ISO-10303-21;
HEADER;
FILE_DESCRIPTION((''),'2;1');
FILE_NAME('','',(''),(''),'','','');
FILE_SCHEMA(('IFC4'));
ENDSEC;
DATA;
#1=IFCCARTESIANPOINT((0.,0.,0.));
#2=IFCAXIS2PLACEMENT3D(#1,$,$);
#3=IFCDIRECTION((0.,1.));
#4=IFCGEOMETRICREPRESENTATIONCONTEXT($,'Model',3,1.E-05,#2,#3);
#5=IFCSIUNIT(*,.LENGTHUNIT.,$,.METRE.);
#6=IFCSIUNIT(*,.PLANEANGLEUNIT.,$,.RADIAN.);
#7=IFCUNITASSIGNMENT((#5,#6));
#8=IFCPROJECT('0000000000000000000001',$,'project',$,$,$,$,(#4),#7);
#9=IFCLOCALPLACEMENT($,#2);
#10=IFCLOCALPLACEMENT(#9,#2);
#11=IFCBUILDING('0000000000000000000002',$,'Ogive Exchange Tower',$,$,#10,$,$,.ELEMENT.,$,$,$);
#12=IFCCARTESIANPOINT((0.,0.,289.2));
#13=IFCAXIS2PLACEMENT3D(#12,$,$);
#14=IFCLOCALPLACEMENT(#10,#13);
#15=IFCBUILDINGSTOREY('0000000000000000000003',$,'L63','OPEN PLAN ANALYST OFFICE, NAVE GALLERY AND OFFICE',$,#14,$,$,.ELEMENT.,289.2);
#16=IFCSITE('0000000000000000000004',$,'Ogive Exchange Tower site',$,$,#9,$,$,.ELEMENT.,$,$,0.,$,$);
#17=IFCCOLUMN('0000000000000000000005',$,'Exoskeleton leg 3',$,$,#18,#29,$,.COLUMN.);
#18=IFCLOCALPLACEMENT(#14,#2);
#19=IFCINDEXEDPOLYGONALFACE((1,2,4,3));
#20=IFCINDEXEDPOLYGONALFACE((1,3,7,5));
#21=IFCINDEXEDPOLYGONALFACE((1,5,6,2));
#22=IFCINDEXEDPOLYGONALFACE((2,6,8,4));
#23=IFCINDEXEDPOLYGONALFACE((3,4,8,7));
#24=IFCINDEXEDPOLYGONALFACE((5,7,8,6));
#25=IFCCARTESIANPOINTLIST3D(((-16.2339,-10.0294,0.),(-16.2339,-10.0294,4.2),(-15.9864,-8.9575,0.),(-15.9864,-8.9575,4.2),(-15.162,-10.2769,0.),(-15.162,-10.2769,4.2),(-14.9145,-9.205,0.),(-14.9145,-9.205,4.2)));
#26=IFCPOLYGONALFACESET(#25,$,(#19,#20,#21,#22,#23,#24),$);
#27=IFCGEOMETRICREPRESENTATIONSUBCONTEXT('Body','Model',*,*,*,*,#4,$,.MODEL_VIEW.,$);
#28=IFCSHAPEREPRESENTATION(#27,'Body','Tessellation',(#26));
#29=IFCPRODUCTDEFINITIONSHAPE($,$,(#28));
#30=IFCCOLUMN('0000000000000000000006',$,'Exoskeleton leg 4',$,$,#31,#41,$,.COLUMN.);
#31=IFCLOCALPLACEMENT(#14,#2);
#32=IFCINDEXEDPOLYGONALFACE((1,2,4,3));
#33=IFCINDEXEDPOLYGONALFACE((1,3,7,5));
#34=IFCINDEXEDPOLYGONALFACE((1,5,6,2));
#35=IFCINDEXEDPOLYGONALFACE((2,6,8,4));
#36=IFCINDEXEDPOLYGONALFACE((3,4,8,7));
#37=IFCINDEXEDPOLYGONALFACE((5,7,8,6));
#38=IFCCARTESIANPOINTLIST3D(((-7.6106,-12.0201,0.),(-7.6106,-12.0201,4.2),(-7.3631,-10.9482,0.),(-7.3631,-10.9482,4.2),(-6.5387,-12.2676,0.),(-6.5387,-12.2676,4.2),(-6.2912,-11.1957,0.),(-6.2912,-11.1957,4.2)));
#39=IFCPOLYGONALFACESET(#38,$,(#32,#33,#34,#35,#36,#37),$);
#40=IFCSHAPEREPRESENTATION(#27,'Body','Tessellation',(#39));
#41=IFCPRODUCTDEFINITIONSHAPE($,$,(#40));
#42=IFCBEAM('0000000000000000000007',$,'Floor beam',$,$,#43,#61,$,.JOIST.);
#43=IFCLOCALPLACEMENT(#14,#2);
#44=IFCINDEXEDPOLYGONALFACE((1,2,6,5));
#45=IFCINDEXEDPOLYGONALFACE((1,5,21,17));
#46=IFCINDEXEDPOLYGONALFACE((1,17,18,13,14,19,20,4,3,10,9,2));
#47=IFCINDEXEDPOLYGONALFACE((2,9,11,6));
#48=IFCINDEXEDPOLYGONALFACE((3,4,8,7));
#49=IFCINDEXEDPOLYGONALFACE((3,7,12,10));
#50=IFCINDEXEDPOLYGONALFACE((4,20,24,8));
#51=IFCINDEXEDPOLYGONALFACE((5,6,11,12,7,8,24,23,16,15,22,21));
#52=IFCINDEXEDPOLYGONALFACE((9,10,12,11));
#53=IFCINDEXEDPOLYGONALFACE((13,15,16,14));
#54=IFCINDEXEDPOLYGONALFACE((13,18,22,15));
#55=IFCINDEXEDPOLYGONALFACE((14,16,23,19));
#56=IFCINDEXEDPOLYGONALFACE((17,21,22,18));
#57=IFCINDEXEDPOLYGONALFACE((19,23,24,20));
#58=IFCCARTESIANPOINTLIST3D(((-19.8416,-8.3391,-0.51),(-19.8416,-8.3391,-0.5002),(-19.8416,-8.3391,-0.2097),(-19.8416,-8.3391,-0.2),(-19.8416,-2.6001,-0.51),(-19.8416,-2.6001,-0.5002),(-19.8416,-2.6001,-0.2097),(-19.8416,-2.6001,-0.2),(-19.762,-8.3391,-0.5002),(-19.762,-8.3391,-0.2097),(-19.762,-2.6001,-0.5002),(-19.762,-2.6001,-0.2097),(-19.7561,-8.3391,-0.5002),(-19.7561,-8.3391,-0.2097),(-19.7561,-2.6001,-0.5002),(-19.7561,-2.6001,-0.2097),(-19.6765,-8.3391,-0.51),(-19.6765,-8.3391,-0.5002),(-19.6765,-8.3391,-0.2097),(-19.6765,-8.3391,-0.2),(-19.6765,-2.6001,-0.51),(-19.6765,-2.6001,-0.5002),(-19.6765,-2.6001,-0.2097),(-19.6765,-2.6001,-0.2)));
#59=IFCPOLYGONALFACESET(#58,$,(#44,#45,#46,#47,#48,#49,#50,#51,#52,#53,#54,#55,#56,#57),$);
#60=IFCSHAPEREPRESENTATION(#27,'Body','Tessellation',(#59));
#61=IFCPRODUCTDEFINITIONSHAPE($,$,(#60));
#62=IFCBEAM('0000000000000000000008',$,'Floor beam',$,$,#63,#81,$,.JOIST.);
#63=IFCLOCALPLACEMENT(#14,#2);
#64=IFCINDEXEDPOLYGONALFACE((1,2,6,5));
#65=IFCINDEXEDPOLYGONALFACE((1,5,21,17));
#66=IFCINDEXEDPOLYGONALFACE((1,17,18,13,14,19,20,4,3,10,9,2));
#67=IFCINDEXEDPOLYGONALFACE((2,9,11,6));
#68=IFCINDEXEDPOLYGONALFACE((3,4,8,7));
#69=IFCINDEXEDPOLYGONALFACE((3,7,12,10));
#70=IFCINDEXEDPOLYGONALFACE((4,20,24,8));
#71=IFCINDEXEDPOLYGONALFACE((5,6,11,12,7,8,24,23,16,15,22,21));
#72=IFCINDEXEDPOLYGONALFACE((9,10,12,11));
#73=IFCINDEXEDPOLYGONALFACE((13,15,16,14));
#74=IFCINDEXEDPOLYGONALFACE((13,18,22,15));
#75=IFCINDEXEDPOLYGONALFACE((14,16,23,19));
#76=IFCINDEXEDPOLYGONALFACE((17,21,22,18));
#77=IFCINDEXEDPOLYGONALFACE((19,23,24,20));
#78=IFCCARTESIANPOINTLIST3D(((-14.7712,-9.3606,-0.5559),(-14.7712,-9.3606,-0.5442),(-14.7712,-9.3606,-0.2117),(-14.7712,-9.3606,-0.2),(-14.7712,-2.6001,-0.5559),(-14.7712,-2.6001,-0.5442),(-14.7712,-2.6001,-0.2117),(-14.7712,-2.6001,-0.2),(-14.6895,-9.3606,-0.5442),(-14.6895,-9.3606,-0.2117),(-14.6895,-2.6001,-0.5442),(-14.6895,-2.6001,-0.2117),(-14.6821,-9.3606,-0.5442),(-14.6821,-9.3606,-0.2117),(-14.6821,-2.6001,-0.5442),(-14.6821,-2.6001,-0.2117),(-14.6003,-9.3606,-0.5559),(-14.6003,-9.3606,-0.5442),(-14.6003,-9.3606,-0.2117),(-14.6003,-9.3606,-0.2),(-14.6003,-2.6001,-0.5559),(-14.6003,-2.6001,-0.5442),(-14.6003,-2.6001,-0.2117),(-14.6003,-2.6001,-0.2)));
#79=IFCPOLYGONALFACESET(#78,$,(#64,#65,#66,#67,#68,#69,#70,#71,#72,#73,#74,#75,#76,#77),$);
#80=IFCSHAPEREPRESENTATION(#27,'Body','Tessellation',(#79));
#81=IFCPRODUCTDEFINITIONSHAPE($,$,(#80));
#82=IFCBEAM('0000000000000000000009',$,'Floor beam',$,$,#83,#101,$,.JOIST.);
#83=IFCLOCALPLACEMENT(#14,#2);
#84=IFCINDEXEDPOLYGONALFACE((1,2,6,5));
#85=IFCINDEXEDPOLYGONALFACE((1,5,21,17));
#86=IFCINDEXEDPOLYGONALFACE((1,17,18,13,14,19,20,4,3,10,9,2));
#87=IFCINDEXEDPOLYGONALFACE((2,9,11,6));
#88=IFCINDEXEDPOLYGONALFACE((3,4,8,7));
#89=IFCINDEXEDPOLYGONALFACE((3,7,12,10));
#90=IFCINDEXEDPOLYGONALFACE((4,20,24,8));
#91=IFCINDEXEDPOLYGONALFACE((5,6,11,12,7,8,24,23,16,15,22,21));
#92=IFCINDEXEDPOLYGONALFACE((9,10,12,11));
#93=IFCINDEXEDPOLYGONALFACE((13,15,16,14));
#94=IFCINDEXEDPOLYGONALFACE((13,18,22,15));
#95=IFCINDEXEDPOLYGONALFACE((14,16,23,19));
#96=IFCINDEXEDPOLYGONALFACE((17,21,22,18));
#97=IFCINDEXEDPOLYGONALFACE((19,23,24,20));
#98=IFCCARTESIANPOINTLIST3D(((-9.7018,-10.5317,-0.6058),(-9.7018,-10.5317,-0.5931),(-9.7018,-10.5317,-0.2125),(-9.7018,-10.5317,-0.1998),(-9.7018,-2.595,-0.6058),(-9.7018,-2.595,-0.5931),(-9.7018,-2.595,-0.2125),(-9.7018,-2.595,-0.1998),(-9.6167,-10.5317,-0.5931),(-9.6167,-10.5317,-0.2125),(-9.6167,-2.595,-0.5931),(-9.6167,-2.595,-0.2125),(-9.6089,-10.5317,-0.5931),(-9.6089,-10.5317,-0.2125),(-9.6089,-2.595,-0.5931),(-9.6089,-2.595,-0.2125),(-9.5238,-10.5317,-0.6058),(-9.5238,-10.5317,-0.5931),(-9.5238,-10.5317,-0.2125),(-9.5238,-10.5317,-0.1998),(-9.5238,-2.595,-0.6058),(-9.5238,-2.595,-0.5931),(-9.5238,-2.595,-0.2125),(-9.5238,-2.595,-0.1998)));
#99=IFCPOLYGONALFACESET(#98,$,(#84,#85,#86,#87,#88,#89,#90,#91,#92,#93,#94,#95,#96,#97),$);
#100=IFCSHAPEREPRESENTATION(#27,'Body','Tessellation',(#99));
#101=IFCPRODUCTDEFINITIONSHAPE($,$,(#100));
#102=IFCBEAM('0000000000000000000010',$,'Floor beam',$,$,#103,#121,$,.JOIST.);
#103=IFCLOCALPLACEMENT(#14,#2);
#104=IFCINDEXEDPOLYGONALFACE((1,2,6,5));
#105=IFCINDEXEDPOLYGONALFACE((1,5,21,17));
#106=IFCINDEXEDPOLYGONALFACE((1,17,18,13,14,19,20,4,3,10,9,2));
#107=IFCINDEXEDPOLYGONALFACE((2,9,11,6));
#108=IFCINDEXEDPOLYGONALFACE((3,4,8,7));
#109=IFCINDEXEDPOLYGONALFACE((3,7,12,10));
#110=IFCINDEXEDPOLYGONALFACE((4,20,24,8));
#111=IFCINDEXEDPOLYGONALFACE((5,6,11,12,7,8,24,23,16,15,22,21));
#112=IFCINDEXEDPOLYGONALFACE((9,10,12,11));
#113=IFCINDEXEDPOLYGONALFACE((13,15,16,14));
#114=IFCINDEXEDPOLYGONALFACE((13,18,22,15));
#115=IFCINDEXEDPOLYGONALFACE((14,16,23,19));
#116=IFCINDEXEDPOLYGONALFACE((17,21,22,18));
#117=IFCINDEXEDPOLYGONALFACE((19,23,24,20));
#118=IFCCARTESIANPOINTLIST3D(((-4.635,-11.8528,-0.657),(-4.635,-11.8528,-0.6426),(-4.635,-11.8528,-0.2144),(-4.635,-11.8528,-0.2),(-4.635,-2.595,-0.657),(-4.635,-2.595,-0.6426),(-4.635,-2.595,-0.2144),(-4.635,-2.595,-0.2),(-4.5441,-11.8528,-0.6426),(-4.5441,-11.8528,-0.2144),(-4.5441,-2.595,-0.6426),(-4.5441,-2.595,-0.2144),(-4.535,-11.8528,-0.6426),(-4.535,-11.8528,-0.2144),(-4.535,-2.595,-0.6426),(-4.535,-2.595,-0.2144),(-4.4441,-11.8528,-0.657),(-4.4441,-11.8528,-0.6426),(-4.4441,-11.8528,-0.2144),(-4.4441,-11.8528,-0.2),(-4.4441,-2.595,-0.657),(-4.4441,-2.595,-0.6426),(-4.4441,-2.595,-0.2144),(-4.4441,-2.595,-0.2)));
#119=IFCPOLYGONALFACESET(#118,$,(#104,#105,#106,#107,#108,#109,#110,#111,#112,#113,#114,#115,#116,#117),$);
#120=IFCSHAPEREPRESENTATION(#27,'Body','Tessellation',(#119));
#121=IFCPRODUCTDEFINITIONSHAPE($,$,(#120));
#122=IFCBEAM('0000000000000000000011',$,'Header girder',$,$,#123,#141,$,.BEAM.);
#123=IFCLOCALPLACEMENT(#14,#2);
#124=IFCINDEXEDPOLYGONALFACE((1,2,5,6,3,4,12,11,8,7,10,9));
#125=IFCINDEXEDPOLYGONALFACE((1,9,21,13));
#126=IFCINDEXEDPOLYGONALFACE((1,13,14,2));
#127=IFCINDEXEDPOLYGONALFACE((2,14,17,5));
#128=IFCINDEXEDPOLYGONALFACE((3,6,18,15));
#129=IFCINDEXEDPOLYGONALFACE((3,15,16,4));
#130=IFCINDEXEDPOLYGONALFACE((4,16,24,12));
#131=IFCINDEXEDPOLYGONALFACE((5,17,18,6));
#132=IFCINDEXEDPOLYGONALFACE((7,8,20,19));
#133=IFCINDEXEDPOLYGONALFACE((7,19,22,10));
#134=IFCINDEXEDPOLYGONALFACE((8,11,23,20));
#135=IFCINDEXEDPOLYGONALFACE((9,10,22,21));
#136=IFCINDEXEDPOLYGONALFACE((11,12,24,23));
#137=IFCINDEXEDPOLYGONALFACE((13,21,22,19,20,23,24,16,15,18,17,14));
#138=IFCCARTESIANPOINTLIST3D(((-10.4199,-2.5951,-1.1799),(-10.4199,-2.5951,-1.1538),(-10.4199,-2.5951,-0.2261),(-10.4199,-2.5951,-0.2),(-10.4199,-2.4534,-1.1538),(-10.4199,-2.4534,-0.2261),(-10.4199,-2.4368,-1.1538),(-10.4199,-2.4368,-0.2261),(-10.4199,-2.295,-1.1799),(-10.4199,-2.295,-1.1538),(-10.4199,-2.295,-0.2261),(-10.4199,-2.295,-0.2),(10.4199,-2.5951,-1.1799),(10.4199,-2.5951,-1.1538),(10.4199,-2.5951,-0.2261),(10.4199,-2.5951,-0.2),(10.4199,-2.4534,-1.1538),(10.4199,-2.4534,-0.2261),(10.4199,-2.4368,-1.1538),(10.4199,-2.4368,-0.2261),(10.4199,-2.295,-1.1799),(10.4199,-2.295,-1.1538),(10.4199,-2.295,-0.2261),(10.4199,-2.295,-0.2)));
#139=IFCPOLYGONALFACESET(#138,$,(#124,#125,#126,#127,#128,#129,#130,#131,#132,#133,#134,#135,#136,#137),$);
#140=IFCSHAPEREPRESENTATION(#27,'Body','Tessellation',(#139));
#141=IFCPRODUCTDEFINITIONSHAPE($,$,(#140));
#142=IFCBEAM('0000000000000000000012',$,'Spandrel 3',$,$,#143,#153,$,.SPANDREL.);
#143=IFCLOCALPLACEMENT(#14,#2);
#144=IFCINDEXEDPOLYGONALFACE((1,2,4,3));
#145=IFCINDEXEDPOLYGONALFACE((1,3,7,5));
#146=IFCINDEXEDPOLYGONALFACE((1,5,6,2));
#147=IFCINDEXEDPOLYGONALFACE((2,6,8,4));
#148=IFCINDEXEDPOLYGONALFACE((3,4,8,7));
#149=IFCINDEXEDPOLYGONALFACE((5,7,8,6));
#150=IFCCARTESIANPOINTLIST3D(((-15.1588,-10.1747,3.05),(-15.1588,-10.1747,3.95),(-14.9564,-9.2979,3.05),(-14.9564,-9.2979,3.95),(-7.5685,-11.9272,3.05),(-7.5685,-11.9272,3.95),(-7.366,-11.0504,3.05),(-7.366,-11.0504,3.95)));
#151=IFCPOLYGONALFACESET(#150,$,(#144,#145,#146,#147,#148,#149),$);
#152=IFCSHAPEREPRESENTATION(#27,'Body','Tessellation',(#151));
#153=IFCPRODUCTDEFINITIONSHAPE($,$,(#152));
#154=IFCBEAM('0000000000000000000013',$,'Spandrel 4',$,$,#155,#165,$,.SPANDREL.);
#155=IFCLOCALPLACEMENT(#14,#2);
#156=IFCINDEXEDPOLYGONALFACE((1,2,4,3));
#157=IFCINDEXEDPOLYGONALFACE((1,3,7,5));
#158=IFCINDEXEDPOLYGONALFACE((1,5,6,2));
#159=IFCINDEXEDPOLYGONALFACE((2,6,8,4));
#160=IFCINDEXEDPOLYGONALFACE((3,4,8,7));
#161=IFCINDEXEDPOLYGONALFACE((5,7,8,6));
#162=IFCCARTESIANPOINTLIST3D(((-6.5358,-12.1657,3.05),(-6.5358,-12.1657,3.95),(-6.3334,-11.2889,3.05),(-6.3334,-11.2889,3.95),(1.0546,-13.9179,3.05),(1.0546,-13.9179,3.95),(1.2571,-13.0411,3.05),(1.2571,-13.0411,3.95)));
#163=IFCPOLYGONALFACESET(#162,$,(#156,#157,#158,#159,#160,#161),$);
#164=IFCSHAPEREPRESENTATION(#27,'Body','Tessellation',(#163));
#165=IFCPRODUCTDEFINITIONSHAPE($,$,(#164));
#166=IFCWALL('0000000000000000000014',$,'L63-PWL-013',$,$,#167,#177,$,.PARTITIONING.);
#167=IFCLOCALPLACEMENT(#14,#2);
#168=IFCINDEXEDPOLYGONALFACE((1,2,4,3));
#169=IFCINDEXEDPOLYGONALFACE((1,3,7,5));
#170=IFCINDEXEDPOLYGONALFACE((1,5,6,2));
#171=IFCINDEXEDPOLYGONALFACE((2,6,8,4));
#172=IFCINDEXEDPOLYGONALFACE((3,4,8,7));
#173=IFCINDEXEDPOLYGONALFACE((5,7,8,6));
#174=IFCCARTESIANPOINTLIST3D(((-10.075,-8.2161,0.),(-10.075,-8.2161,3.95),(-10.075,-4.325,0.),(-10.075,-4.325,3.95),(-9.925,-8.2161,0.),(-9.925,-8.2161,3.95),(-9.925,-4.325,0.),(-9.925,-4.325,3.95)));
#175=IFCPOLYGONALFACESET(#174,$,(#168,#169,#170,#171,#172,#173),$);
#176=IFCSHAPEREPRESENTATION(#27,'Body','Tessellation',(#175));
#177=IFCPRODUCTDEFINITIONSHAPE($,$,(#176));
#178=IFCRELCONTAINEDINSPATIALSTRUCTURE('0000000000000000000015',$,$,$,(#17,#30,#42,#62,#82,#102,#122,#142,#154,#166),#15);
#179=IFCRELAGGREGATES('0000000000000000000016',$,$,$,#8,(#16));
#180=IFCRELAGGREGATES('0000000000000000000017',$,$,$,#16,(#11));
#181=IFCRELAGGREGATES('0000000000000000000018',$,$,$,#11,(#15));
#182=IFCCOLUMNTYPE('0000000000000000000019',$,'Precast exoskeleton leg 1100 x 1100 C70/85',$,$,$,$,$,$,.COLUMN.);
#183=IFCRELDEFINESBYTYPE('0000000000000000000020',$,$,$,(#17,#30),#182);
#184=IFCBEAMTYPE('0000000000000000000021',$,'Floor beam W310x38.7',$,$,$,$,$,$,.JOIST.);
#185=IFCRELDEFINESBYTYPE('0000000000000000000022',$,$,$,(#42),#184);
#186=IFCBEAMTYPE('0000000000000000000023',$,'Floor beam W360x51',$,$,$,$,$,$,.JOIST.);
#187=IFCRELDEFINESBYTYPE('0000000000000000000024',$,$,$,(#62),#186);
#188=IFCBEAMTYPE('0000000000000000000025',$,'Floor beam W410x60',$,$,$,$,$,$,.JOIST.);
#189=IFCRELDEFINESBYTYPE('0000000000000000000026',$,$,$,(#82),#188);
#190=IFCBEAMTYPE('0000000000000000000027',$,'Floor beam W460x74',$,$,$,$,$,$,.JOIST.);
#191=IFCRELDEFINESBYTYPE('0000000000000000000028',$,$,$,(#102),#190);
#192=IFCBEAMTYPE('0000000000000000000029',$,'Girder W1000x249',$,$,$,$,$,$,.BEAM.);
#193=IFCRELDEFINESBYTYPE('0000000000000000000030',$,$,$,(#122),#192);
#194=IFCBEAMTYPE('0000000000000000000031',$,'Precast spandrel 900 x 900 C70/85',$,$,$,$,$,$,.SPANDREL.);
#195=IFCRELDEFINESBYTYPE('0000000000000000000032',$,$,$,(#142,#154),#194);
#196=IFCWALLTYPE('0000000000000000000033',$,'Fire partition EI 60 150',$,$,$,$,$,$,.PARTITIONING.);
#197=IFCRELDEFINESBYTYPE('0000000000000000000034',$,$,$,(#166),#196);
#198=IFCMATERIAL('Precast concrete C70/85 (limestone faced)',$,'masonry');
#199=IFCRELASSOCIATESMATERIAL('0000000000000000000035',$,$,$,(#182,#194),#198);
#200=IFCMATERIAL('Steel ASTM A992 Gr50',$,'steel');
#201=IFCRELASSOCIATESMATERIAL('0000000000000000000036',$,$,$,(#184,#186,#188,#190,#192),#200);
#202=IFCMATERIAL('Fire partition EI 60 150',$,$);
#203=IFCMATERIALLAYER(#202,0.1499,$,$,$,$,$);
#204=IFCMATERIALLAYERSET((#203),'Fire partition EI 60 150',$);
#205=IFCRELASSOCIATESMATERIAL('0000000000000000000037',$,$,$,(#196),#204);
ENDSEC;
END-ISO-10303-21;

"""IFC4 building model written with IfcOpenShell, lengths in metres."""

from ifc_helpers import new_model, si_unit, direction, frame, frame_2d, origin, origin_2d, place, context, subcontext, project, spatial, rectangle, i_section, extrude, material, layer, layer_set, material_profile, profile_set, type_object, element, save


model = new_model("IFC4")

# Units and contexts
model_context = context("Model", 3, precision=1e-05, world=origin(), true_north=direction((0.0, 1.0)))
body_context = subcontext(model_context, "Body", "Model", "MODEL_VIEW")
ifc_project = project(units=[si_unit("LENGTHUNIT", "METRE"), si_unit("PLANEANGLEUNIT", "RADIAN")], contexts=[model_context])

# Site, building, storey
site_placement = place(None, origin())
site = spatial("IfcSite", under=ifc_project, at=site_placement, Name="Ogive Exchange Tower site", CompositionType="ELEMENT", RefElevation=0.0)
building_placement = place(site_placement, origin())
building = spatial("IfcBuilding", under=site, at=building_placement, Name="Ogive Exchange Tower", CompositionType="ELEMENT")
storey_placement = place(building_placement, frame((0.0, 0.0, 289.2)))
storey = spatial("IfcBuildingStorey", under=building, at=storey_placement, Name="L63", Description="OPEN PLAN ANALYST OFFICE, NAVE GALLERY AND OFFICE", CompositionType="ELEMENT", Elevation=289.2)

# Columns
ifc_material_1 = material(Name="Precast concrete C70/85 (limestone faced)", Category="masonry")
ifc_material_profile_1 = material_profile(ifc_material_1, rectangle(XDim=1.1001, YDim=1.1001, at=origin_2d()), Name="1100 x 1100")
ifc_profile_set_1 = profile_set([ifc_material_profile_1], Name="Precast concrete C70/85 (limestone faced)")
column_type = type_object("IfcColumnType", Name="Precast exoskeleton leg 1100 x 1100 C70/85", PredefinedType="COLUMN", material=ifc_profile_set_1)
for number, where, z_axis, x_axis, name in (
    (1, (-15.5742, -9.6172, 0.0), (0.0, 0.0, 1.0), (0.97437, -0.224951, 0.0), "Exoskeleton leg 3"),
    (2, (-6.9509, -11.6079, 0.0), (0.0, 0.0, 1.0), (0.97437, -0.224951, 0.0), "Exoskeleton leg 4"),
):
    element("IfcColumn", number, at=place(storey_placement, frame(where, z_axis=z_axis, x_axis=x_axis)), inside=storey, type_object=column_type, Name=name, PredefinedType="COLUMN", context=body_context, shape_type="SweptSolid", body=[
        extrude(rectangle(XDim=1.1001, YDim=1.1001, at=origin_2d()), origin(), (0.0, 0.0, 1.0), 4.2),
    ])

# Beams
ifc_material_2 = material(Name="Steel ASTM A992 Gr50", Category="steel")
ifc_material_profile_2 = material_profile(ifc_material_2, i_section(OverallWidth=0.165, OverallDepth=0.3101, WebThickness=0.0059, FlangeThickness=0.0098, at=origin_2d()), Name="W310x38.7")
ifc_profile_set_2 = profile_set([ifc_material_profile_2], Name="Steel ASTM A992 Gr50")
beam_type_1 = type_object("IfcBeamType", Name="Floor beam W310x38.7", PredefinedType="JOIST", material=ifc_profile_set_2)
beam_1_placement = place(storey_placement, frame((-19.759, -8.3391, -0.355), z_axis=(0.0, 1.0, 0.0), x_axis=(-1.0, 0.0, 0.0)))
element("IfcBeam", 3, at=beam_1_placement, inside=storey, type_object=beam_type_1, Name="Floor beam", PredefinedType="JOIST", context=body_context, shape_type="SweptSolid", body=[
    extrude(i_section(OverallWidth=0.165, OverallDepth=0.3101, WebThickness=0.0059, FlangeThickness=0.0098, at=origin_2d()), origin(), (0.0, 0.0, 1.0), 5.739),
])
ifc_material_profile_3 = material_profile(ifc_material_2, i_section(OverallWidth=0.1709, OverallDepth=0.356, WebThickness=0.0073, FlangeThickness=0.0117, at=origin_2d()), Name="W360x51")
ifc_profile_set_3 = profile_set([ifc_material_profile_3], Name="Steel ASTM A992 Gr50")
beam_type_2 = type_object("IfcBeamType", Name="Floor beam W360x51", PredefinedType="JOIST", material=ifc_profile_set_3)
beam_2_placement = place(storey_placement, frame((-14.6858, -9.3606, -0.3779), z_axis=(0.0, 1.0, 0.0), x_axis=(-1.0, 0.0, 0.0)))
element("IfcBeam", 4, at=beam_2_placement, inside=storey, type_object=beam_type_2, Name="Floor beam", PredefinedType="JOIST", context=body_context, shape_type="SweptSolid", body=[
    extrude(i_section(OverallWidth=0.1709, OverallDepth=0.356, WebThickness=0.0073, FlangeThickness=0.0117, at=origin_2d()), origin(), (0.0, 0.0, 1.0), 6.7605),
])
ifc_material_profile_4 = material_profile(ifc_material_2, i_section(OverallWidth=0.178, OverallDepth=0.406, WebThickness=0.0078, FlangeThickness=0.0127, at=origin_2d()), Name="W410x60")
ifc_profile_set_4 = profile_set([ifc_material_profile_4], Name="Steel ASTM A992 Gr50")
beam_type_3 = type_object("IfcBeamType", Name="Floor beam W410x60", PredefinedType="JOIST", material=ifc_profile_set_4)
beam_3_placement = place(storey_placement, frame((-9.6128, -10.5317, -0.4028), z_axis=(0.0, 1.0, 0.0), x_axis=(-1.0, 0.0, 0.0)))
element("IfcBeam", 5, at=beam_3_placement, inside=storey, type_object=beam_type_3, Name="Floor beam", PredefinedType="JOIST", context=body_context, shape_type="SweptSolid", body=[
    extrude(i_section(OverallWidth=0.178, OverallDepth=0.406, WebThickness=0.0078, FlangeThickness=0.0127, at=origin_2d()), origin(), (0.0, 0.0, 1.0), 7.9368),
])
ifc_material_profile_5 = material_profile(ifc_material_2, i_section(OverallWidth=0.1909, OverallDepth=0.457, WebThickness=0.009, FlangeThickness=0.0144, at=origin_2d()), Name="W460x74")
ifc_profile_set_5 = profile_set([ifc_material_profile_5], Name="Steel ASTM A992 Gr50")
beam_type_4 = type_object("IfcBeamType", Name="Floor beam W460x74", PredefinedType="JOIST", material=ifc_profile_set_5)
beam_4_placement = place(storey_placement, frame((-4.5396, -11.8528, -0.4285), z_axis=(0.0, 1.0, 0.0), x_axis=(-1.0, 0.0, 0.0)))
element("IfcBeam", 6, at=beam_4_placement, inside=storey, type_object=beam_type_4, Name="Floor beam", PredefinedType="JOIST", context=body_context, shape_type="SweptSolid", body=[
    extrude(i_section(OverallWidth=0.1909, OverallDepth=0.457, WebThickness=0.009, FlangeThickness=0.0144, at=origin_2d()), origin(), (0.0, 0.0, 1.0), 9.2578),
])
ifc_material_profile_6 = material_profile(ifc_material_2, i_section(OverallWidth=0.3, OverallDepth=0.98, WebThickness=0.0166, FlangeThickness=0.0261, at=origin_2d()), Name="W1000x249")
ifc_profile_set_6 = profile_set([ifc_material_profile_6], Name="Steel ASTM A992 Gr50")
beam_type_5 = type_object("IfcBeamType", Name="Girder W1000x249", PredefinedType="BEAM", material=ifc_profile_set_6)
beam_5_placement = place(storey_placement, frame((-10.4199, -2.4451, -0.6899), z_axis=(1.0, 0.0, 0.0), x_axis=(0.0, 1.0, 0.0)))
element("IfcBeam", 7, at=beam_5_placement, inside=storey, type_object=beam_type_5, Name="Header girder", PredefinedType="BEAM", context=body_context, shape_type="SweptSolid", body=[
    extrude(i_section(OverallWidth=0.3, OverallDepth=0.98, WebThickness=0.0166, FlangeThickness=0.0261, at=origin_2d()), origin(), (0.0, 0.0, 1.0), 20.8398),
])
ifc_material_profile_7 = material_profile(ifc_material_1, rectangle(XDim=0.8999, YDim=0.8999, at=origin_2d()), Name="900 x 900")
ifc_profile_set_7 = profile_set([ifc_material_profile_7], Name="Precast concrete C70/85 (limestone faced)")
beam_type_6 = type_object("IfcBeamType", Name="Precast spandrel 900 x 900 C70/85", PredefinedType="SPANDREL", material=ifc_profile_set_7)
for number, where, z_axis, x_axis, name in (
    (8, (-15.0576, -9.7363, 3.5), (0.974368, -0.22496, 0.0), (0.22496, 0.974368, 0.0), "Spandrel 3"),
    (9, (-6.4346, -11.7273, 3.5), (0.974375, -0.22493, 0.0), (0.22493, 0.974375, 0.0), "Spandrel 4"),
):
    element("IfcBeam", number, at=place(storey_placement, frame(where, z_axis=z_axis, x_axis=x_axis)), inside=storey, type_object=beam_type_6, Name=name, PredefinedType="SPANDREL", context=body_context, shape_type="SweptSolid", body=[
        extrude(rectangle(XDim=0.8999, YDim=0.8999, at=origin_2d()), origin(), (0.0, 0.0, 1.0), 7.79),
    ])

# Wall
ifc_material_3 = material(Name="Fire partition EI 60 150")
ifc_layer_1 = layer(ifc_material_3, 0.1499)
ifc_layer_set_1 = layer_set([ifc_layer_1], Name="Fire partition EI 60 150")
wall_type_1 = type_object("IfcWallType", Name="Fire partition EI 60 150", PredefinedType="PARTITIONING", material=ifc_layer_set_1)
wall_1_placement = place(storey_placement, frame((-10.0, -8.2161, 0.0), z_axis=(0.0, 0.0, 1.0), x_axis=(0.0, 1.0, 0.0)))
element("IfcWall", 10, at=wall_1_placement, inside=storey, type_object=wall_type_1, Name="L63-PWL-013", PredefinedType="PARTITIONING", context=body_context, shape_type="SweptSolid", body=[
    extrude(rectangle(XDim=3.8911, YDim=0.1499, at=frame_2d((1.9456, 0.0))), origin(), (0.0, 0.0, 1.0), 3.95),
])

save(model, "model.ifc")
